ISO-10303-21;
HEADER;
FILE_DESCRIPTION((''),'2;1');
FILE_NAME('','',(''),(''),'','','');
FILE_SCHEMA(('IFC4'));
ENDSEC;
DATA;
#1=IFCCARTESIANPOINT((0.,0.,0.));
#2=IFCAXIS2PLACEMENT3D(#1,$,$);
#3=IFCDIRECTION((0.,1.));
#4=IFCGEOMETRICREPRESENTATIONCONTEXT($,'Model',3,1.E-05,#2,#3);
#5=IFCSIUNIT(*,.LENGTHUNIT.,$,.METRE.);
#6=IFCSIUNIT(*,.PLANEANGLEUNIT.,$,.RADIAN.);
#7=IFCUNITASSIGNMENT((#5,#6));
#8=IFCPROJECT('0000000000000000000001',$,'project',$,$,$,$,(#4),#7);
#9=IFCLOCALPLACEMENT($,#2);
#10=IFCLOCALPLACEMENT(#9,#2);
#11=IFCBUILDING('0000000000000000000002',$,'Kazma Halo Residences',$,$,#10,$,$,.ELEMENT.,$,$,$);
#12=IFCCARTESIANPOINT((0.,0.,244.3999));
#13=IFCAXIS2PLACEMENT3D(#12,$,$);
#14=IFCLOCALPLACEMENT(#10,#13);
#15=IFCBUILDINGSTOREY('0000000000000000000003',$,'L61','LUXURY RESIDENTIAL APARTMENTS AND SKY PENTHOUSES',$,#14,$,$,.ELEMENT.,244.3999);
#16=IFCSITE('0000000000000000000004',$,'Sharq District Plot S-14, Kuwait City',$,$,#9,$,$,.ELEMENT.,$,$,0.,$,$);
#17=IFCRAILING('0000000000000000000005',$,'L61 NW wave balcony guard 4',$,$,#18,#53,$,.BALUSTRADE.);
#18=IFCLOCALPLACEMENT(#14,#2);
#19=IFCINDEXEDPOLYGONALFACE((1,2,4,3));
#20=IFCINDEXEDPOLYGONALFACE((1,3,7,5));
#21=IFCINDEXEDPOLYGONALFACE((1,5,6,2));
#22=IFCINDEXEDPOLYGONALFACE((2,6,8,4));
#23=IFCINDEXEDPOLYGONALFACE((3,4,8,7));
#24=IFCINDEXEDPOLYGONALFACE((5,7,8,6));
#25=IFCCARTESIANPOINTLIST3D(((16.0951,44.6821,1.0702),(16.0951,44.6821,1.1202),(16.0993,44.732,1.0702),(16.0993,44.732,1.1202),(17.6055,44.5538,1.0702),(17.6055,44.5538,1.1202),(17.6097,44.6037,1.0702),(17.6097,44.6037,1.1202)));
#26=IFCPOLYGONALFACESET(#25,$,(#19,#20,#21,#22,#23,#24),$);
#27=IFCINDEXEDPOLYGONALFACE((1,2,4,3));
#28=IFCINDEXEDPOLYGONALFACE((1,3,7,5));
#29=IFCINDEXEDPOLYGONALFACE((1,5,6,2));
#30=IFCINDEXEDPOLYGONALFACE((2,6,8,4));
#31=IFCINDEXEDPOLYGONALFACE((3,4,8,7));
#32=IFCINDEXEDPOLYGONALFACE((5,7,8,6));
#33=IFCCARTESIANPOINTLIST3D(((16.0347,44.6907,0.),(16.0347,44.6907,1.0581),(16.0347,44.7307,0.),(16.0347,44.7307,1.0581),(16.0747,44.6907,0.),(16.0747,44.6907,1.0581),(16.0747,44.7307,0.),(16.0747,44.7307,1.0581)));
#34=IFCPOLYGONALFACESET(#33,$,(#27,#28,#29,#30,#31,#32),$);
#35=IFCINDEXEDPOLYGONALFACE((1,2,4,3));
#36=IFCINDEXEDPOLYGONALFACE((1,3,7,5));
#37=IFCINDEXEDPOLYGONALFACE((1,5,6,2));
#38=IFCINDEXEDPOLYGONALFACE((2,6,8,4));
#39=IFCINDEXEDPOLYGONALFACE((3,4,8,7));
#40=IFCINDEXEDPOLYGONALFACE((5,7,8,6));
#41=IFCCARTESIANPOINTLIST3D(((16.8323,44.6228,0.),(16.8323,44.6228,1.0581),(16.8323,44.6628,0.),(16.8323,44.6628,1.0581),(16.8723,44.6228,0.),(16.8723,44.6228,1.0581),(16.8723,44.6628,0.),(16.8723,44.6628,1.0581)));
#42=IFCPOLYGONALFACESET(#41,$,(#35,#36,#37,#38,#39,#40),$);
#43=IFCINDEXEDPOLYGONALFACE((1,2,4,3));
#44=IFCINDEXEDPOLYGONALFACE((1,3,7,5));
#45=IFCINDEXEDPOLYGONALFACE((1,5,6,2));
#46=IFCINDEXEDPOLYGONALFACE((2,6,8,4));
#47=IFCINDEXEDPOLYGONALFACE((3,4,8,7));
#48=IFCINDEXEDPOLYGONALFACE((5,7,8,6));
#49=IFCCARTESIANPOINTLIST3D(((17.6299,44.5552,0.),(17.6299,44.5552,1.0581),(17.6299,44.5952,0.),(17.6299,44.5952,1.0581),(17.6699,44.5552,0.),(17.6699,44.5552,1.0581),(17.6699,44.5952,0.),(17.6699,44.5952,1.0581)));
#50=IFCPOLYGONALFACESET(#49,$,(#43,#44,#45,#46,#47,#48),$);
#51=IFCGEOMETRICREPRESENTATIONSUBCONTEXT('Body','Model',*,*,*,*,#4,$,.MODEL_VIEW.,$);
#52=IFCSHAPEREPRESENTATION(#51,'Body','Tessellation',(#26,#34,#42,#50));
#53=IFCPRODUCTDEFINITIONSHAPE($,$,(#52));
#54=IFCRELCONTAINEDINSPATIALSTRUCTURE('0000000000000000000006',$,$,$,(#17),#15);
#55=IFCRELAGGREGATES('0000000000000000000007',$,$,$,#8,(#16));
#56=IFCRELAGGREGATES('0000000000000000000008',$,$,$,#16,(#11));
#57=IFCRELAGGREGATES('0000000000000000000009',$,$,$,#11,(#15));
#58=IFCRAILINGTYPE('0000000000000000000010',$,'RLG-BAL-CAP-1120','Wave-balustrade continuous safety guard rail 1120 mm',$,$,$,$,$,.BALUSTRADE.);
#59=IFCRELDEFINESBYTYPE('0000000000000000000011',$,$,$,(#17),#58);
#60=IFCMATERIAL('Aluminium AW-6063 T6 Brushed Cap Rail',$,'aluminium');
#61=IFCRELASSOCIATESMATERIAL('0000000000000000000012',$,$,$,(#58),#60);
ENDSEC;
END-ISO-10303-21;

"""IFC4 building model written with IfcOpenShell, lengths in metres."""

from ifc_helpers import new_model, si_unit, direction, frame, origin, origin_2d, place, context, subcontext, project, spatial, rectangle, extrude, material, type_object, element, save


model = new_model("IFC4")

# Units and contexts
model_context = context("Model", 3, precision=1e-05, world=origin(), true_north=direction((0.0, 1.0)))
body_context = subcontext(model_context, "Body", "Model", "MODEL_VIEW")
ifc_project = project(units=[si_unit("LENGTHUNIT", "METRE"), si_unit("PLANEANGLEUNIT", "RADIAN")], contexts=[model_context])

# Site, building, storey
site_placement = place(None, origin())
site = spatial("IfcSite", under=ifc_project, at=site_placement, Name="Sharq District Plot S-14, Kuwait City", CompositionType="ELEMENT", RefElevation=0.0)
building_placement = place(site_placement, origin())
building = spatial("IfcBuilding", under=site, at=building_placement, Name="Kazma Halo Residences", CompositionType="ELEMENT")
storey_placement = place(building_placement, frame((0.0, 0.0, 244.3999)))
storey = spatial("IfcBuildingStorey", under=building, at=storey_placement, Name="L61", Description="LUXURY RESIDENTIAL APARTMENTS AND SKY PENTHOUSES", CompositionType="ELEMENT", Elevation=244.3999)

# Railing
ifc_material_1 = material(Name="Aluminium AW-6063 T6 Brushed Cap Rail", Category="aluminium")
railing_type = type_object("IfcRailingType", Name="RLG-BAL-CAP-1120", Description="Wave-balustrade continuous safety guard rail 1120 mm", PredefinedType="BALUSTRADE", material=ifc_material_1)
railing_placement = place(storey_placement, frame((16.0547, 44.7107, 0.0)))
element("IfcRailing", 1, at=railing_placement, inside=storey, type_object=railing_type, Name="L61 NW wave balcony guard 4", PredefinedType="BALUSTRADE", context=body_context, shape_type="SweptSolid", body=[
    extrude(rectangle(XDim=0.05, YDim=0.05, at=origin_2d()), frame((0.0425, -0.0037, 1.0952), z_axis=(0.996412, -0.084636, 0.0), x_axis=(0.084636, 0.996412, 0.0)), (0.0, 0.0, 1.0), 1.5159),
    extrude(rectangle(XDim=0.04, YDim=0.04, at=origin_2d()), origin(), (0.0, 0.0, 1.0), 1.0581),
    extrude(rectangle(XDim=0.04, YDim=0.04, at=origin_2d()), frame((0.7976, -0.0679, 0.0)), (0.0, 0.0, 1.0), 1.0581),
    extrude(rectangle(XDim=0.04, YDim=0.04, at=origin_2d()), frame((1.5952, -0.1355, 0.0)), (0.0, 0.0, 1.0), 1.0581),
])

save(model, "model.ifc")
